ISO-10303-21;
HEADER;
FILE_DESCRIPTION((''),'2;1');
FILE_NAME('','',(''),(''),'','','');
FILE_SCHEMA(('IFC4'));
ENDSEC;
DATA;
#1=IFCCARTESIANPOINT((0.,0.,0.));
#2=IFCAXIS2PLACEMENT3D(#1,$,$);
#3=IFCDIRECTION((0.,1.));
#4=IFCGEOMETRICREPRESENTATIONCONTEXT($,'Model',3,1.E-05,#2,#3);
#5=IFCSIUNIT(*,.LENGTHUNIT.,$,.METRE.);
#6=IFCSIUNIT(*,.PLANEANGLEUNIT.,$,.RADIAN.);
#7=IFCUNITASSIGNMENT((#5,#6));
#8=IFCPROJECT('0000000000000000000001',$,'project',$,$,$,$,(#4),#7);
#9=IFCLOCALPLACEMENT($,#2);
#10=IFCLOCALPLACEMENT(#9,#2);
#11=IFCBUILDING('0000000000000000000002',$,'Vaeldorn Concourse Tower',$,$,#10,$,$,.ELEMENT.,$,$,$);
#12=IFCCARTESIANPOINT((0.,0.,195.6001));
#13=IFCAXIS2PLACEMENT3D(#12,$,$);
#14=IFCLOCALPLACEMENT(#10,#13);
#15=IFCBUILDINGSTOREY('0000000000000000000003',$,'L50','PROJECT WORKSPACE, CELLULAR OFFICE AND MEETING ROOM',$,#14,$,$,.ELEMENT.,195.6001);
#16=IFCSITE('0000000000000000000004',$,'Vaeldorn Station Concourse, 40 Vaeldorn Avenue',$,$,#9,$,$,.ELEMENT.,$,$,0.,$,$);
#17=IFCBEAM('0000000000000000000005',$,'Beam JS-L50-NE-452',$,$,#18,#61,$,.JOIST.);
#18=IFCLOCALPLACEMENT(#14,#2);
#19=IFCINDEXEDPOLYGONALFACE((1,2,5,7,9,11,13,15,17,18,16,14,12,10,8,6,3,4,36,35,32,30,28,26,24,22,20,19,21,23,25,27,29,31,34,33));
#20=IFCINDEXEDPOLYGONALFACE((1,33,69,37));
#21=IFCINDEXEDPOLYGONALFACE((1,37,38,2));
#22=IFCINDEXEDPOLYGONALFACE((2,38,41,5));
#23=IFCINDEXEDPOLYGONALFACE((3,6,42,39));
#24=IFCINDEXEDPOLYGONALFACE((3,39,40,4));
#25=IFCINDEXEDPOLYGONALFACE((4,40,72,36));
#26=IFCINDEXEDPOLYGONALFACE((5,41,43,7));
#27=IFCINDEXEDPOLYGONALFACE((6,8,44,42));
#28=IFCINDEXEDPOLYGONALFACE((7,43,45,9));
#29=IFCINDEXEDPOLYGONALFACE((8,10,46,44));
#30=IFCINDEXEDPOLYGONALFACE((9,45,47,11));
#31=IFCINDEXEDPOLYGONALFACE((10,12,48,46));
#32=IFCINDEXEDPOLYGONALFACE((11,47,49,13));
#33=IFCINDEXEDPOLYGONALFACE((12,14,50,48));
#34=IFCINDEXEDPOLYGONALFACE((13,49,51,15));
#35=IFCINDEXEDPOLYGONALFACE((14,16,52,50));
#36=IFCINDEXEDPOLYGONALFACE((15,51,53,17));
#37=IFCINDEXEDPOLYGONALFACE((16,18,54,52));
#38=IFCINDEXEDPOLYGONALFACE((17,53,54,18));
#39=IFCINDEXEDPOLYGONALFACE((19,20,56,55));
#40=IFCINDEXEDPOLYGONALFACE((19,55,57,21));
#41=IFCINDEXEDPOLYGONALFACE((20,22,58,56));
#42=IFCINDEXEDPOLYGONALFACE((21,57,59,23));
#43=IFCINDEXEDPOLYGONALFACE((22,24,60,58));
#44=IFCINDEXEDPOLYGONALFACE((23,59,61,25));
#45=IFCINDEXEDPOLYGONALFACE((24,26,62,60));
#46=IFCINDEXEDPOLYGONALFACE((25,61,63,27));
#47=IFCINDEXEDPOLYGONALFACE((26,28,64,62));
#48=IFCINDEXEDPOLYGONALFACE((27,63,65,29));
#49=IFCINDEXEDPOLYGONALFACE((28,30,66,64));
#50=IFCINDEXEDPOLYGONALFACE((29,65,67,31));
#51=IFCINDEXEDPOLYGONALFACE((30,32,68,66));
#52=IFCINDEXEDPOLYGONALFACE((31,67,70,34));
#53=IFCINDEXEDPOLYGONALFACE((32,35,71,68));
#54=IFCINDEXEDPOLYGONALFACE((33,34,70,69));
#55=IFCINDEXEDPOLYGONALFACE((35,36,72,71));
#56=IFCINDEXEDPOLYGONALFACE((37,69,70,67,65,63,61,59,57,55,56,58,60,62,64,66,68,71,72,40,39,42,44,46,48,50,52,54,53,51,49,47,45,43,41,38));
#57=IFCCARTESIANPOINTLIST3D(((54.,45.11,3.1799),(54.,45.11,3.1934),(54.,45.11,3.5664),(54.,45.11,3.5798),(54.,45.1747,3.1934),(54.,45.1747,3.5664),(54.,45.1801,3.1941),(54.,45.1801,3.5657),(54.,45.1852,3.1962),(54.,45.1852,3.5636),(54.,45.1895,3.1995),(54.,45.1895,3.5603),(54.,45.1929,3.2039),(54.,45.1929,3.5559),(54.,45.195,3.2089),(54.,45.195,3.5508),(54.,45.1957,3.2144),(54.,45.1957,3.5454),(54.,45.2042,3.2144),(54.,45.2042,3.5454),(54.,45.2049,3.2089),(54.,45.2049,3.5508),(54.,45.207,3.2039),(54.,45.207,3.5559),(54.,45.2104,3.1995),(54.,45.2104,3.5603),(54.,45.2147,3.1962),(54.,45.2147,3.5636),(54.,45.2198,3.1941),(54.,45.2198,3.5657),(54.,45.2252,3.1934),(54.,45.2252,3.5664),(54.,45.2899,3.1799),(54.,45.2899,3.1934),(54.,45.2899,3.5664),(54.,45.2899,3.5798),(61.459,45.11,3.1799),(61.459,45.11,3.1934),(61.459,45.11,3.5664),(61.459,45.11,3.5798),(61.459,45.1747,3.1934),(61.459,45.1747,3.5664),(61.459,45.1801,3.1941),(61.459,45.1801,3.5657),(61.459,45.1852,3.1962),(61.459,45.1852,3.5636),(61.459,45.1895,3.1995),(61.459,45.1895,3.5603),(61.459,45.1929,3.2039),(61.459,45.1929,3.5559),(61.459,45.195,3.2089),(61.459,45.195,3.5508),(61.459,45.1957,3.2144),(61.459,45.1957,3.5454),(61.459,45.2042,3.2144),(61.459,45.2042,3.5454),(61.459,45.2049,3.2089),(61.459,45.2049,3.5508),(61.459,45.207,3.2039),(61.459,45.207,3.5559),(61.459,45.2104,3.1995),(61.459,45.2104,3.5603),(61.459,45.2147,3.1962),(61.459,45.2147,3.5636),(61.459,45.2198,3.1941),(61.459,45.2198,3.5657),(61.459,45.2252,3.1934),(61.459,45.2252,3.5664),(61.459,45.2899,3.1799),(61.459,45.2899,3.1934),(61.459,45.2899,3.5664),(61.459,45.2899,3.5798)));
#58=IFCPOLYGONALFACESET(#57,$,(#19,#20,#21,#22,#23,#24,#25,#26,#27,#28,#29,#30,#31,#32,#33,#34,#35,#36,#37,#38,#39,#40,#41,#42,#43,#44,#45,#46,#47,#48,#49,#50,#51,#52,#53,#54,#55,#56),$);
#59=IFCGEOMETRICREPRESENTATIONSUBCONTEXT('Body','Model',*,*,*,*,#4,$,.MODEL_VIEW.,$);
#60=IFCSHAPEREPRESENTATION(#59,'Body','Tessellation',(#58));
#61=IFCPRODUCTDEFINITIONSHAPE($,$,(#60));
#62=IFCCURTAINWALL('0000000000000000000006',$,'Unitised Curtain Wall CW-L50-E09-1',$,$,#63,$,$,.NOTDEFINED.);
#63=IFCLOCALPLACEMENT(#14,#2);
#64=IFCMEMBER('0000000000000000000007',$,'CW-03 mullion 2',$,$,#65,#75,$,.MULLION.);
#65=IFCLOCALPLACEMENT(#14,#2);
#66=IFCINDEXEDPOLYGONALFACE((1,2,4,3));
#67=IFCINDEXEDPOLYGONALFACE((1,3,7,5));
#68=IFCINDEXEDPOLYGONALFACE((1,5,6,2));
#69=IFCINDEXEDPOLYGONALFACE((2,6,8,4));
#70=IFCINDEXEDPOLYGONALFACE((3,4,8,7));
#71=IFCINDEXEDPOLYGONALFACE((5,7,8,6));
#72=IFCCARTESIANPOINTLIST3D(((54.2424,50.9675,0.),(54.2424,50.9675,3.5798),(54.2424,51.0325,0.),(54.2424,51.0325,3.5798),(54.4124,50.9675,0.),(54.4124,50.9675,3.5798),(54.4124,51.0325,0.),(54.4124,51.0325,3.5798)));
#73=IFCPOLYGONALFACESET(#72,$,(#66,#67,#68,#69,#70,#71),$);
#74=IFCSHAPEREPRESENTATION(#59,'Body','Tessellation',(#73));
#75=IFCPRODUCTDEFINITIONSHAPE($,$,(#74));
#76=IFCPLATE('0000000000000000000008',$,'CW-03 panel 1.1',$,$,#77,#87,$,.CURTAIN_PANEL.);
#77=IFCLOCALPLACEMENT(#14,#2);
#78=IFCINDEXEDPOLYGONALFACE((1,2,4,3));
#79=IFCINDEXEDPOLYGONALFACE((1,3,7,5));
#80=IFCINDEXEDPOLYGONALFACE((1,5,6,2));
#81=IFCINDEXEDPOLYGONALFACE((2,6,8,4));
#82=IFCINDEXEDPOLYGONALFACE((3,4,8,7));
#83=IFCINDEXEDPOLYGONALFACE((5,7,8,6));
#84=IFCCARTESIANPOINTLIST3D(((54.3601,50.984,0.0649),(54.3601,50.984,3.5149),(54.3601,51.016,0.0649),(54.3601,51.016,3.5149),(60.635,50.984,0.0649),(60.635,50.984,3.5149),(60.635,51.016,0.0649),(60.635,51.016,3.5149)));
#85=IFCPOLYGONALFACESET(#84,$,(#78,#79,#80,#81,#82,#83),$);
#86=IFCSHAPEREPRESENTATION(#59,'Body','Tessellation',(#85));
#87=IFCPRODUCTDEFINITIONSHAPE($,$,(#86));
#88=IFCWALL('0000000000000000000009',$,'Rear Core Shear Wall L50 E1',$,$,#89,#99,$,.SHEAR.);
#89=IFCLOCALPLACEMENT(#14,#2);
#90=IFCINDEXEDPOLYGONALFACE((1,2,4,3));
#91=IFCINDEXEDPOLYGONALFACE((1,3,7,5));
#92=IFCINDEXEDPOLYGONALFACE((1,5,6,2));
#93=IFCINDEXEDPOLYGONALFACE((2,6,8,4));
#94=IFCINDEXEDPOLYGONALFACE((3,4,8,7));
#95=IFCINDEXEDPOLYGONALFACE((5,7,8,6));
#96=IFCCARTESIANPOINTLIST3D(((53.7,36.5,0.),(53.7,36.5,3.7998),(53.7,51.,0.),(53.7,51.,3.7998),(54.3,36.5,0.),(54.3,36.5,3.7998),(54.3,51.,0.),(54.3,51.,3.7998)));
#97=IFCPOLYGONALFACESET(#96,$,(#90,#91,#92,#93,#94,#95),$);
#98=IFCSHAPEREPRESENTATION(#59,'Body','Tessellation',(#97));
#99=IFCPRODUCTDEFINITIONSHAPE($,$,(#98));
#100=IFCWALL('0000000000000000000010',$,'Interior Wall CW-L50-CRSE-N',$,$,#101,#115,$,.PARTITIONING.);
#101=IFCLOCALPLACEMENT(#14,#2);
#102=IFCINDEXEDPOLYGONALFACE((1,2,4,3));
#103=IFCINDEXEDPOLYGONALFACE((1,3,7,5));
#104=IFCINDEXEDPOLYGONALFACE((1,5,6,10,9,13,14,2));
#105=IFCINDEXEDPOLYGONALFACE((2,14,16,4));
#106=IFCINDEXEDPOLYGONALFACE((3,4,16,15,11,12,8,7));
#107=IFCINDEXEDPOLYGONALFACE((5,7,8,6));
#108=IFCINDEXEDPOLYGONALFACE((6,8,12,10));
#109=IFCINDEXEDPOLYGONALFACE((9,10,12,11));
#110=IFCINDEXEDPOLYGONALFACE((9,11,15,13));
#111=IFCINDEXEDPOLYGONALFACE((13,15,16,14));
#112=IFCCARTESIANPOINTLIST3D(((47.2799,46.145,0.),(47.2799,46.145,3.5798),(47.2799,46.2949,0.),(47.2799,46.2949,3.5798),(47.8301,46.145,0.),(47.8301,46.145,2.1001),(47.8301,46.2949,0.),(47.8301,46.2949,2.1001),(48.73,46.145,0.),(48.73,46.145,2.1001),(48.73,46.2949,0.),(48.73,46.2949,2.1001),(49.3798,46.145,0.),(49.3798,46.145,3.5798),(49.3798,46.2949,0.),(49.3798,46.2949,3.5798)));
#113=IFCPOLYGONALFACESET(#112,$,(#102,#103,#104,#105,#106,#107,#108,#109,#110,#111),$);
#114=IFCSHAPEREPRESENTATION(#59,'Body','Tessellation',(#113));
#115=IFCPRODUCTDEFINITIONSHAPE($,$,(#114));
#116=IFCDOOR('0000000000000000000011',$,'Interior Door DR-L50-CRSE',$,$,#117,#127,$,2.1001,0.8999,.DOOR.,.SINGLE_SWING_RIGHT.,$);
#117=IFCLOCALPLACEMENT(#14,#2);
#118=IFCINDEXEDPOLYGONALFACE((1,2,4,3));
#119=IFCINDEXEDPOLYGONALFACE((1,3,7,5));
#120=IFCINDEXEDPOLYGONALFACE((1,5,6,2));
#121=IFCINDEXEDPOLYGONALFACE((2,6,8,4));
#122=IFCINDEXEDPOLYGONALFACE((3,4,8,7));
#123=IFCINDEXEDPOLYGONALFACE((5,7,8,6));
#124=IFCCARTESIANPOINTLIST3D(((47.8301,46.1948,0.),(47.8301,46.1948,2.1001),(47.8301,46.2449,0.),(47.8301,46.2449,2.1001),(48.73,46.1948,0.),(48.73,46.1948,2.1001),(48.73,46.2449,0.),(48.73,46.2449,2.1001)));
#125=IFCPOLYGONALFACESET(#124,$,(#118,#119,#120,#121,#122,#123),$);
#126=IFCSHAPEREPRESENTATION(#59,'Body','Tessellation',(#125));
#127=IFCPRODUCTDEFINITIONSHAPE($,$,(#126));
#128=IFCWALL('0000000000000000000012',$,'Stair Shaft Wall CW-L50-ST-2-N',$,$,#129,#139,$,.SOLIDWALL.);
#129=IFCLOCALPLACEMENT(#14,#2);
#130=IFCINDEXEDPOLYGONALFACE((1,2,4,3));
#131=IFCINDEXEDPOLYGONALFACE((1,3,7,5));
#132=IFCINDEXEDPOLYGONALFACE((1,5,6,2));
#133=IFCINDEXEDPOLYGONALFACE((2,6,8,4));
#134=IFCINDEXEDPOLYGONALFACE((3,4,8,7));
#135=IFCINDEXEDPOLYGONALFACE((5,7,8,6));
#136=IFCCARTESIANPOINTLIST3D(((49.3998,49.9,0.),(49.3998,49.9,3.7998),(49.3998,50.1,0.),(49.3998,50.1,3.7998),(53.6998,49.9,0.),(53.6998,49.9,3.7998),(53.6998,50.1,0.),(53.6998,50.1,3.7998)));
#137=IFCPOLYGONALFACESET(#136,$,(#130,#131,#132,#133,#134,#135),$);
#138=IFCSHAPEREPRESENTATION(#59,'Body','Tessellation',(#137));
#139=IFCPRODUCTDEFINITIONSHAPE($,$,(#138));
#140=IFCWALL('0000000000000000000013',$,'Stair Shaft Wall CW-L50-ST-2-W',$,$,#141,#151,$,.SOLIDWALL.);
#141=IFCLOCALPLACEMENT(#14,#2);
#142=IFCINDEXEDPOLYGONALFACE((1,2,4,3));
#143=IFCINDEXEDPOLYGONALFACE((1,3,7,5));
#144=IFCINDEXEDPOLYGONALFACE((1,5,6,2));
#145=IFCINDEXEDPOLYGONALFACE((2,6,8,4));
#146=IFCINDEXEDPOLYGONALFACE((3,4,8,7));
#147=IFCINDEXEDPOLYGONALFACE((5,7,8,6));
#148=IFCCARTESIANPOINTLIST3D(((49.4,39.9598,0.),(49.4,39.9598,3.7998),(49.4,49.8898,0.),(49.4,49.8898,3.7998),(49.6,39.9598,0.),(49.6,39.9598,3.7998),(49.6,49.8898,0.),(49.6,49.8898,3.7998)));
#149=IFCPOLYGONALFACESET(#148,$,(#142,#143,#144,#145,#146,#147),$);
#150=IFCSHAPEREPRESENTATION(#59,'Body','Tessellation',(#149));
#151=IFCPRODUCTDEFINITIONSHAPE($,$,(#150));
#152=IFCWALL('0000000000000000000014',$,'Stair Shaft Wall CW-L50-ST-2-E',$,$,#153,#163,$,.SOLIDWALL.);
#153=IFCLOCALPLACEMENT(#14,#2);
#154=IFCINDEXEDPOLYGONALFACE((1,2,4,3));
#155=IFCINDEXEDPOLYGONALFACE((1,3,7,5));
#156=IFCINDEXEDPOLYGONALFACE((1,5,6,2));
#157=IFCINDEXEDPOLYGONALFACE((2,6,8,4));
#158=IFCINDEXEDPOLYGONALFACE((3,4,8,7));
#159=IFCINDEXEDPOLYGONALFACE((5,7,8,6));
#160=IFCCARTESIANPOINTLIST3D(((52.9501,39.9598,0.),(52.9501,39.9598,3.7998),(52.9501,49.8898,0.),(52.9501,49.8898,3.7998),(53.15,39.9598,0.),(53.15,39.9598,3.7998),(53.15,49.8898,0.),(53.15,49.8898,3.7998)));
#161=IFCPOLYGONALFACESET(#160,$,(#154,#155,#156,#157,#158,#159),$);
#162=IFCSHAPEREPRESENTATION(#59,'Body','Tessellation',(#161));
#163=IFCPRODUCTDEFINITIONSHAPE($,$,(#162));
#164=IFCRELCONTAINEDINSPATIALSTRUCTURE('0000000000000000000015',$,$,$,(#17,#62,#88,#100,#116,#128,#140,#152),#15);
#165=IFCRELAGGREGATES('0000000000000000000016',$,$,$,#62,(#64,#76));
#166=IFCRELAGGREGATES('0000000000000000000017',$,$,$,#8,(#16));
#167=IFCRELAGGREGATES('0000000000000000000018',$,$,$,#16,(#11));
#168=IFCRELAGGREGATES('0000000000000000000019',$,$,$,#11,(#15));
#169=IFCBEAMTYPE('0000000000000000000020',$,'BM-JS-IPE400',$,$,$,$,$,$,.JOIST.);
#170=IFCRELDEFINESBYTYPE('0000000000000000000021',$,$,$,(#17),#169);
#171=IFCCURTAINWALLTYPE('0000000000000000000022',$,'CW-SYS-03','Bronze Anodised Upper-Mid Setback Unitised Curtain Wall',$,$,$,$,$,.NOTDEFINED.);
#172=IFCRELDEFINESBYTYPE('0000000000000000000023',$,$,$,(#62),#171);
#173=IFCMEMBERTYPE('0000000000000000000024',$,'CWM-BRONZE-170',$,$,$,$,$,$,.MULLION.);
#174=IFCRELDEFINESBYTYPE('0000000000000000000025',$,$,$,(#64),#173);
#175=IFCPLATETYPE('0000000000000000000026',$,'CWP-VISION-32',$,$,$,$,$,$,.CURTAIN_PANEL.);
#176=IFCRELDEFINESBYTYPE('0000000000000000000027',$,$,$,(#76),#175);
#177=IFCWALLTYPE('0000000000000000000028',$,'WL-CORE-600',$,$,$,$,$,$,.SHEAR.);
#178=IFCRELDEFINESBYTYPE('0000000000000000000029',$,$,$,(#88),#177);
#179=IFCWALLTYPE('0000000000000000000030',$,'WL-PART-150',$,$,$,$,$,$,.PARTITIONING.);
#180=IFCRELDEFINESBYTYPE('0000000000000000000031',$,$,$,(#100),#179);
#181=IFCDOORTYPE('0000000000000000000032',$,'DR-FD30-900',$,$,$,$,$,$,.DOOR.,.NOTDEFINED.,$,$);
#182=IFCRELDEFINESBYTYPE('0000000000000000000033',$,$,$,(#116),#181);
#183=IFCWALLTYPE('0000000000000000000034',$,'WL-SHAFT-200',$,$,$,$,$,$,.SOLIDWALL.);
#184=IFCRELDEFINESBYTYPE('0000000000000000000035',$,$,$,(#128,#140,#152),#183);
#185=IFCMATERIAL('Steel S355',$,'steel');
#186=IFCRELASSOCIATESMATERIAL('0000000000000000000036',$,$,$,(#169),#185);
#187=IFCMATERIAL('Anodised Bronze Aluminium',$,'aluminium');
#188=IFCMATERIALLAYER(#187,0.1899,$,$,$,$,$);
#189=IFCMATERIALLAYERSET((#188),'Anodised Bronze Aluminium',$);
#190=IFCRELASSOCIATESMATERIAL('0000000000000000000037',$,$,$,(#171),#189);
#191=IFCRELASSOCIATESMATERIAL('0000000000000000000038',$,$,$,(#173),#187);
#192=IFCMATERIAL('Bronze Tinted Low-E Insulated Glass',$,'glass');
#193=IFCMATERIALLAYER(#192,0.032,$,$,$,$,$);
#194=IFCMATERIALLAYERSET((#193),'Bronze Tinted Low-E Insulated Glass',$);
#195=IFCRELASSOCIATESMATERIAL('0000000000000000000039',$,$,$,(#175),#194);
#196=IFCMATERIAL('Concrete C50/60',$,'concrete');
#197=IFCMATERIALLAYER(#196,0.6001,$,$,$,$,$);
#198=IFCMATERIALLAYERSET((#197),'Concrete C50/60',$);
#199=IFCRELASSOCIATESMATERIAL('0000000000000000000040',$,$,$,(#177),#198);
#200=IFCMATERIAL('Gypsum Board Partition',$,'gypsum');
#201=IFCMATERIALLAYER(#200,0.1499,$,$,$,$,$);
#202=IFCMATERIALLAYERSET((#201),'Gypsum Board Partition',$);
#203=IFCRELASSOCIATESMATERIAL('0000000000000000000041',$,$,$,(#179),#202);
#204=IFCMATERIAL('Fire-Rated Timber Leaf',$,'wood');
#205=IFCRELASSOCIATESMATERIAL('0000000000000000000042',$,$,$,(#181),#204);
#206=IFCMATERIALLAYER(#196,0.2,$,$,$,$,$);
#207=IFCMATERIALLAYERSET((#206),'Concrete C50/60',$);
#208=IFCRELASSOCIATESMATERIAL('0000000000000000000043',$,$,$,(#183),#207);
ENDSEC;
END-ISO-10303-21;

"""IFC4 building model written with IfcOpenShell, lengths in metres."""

from ifc_helpers import new_model, si_unit, direction, frame, frame_2d, origin, origin_2d, place, context, subcontext, project, spatial, rectangle, i_section, extrude, source, transform, mapped, material, layer, layer_set, material_profile, profile_set, type_object, element, fill, aggregate, save


model = new_model("IFC4")

# Units and contexts
model_context = context("Model", 3, precision=1e-05, world=origin(), true_north=direction((0.0, 1.0)))
body_context = subcontext(model_context, "Body", "Model", "MODEL_VIEW")
ifc_project = project(units=[si_unit("LENGTHUNIT", "METRE"), si_unit("PLANEANGLEUNIT", "RADIAN")], contexts=[model_context])

# Site, building, storey
site_placement = place(None, origin())
site = spatial("IfcSite", under=ifc_project, at=site_placement, Name="Vaeldorn Station Concourse, 40 Vaeldorn Avenue", CompositionType="ELEMENT", RefElevation=0.0)
building_placement = place(site_placement, origin())
building = spatial("IfcBuilding", under=site, at=building_placement, Name="Vaeldorn Concourse Tower", CompositionType="ELEMENT")
storey_placement = place(building_placement, frame((0.0, 0.0, 195.6001)))
storey = spatial("IfcBuildingStorey", under=building, at=storey_placement, Name="L50", Description="PROJECT WORKSPACE, CELLULAR OFFICE AND MEETING ROOM", CompositionType="ELEMENT", Elevation=195.6001)

# Beam
ifc_material_1 = material(Name="Steel S355", Category="steel")
ifc_material_profile_1 = material_profile(ifc_material_1, i_section(OverallWidth=0.1799, OverallDepth=0.3999, WebThickness=0.0085, FlangeThickness=0.0134, FilletRadius=0.021, at=origin_2d()), Name="IPE 400")
ifc_profile_set_1 = profile_set([ifc_material_profile_1], Name="Steel S355")
beam_type_1 = type_object("IfcBeamType", Name="BM-JS-IPE400", PredefinedType="JOIST", material=ifc_profile_set_1)
shared_shape_1 = source(origin(), body_context, "Body", "SweptSolid", [
    extrude(i_section(OverallWidth=0.1799, OverallDepth=0.3999, WebThickness=0.0085, FlangeThickness=0.0134, FilletRadius=0.021, at=origin_2d()), origin(), (0.0, 0.0, 1.0), 7.459),
])
beam_1_placement = place(storey_placement, frame((54.0, 45.2, 3.3799), z_axis=(1.0, 0.0, 0.0), x_axis=(0.0, 1.0, 0.0)))
element("IfcBeam", 1, at=beam_1_placement, inside=storey, type_object=beam_type_1, Name="Beam JS-L50-NE-452", PredefinedType="JOIST", context=body_context, shape_type="MappedRepresentation", body=[
    mapped(shared_shape_1, transform((0.0, 0.0, 0.0), scale=1.0)),
])

# Curtain wall, member, plate
ifc_material_2 = material(Name="Anodised Bronze Aluminium", Category="aluminium")
ifc_layer_1 = layer(ifc_material_2, 0.1899)
ifc_layer_set_1 = layer_set([ifc_layer_1], Name="Anodised Bronze Aluminium")
curtain_wall_type = type_object("IfcCurtainWallType", Name="CW-SYS-03", Description="Bronze Anodised Upper-Mid Setback Unitised Curtain Wall", PredefinedType="NOTDEFINED", material=ifc_layer_set_1)
curtain_wall_placement = place(storey_placement, origin())
curtain_wall = element("IfcCurtainWall", 2, at=curtain_wall_placement, inside=storey, type_object=curtain_wall_type, Name="Unitised Curtain Wall CW-L50-E09-1", PredefinedType="NOTDEFINED")
ifc_material_profile_2 = material_profile(ifc_material_2, rectangle(XDim=0.0649, YDim=0.1699, at=origin_2d()), Name="CWM 65x170")
ifc_profile_set_2 = profile_set([ifc_material_profile_2], Name="Anodised Bronze Aluminium")
member_type = type_object("IfcMemberType", Name="CWM-BRONZE-170", PredefinedType="MULLION", material=ifc_profile_set_2)
shared_shape_2 = source(origin(), body_context, "Body", "SweptSolid", [
    extrude(rectangle(XDim=0.0649, YDim=0.1699, at=origin_2d()), origin(), (0.0, 0.0, 1.0), 3.5798),
])
member_placement = place(storey_placement, frame((54.3274, 51.0, 0.0), z_axis=(0.0, 0.0, 1.0), x_axis=(0.0, -1.0, 0.0)))
member = element("IfcMember", 3, at=member_placement, type_object=member_type, Name="CW-03 mullion 2", PredefinedType="MULLION", context=body_context, shape_type="MappedRepresentation", body=[
    mapped(shared_shape_2, transform((0.0, 0.0, 0.0), scale=1.0)),
])
ifc_material_3 = material(Name="Bronze Tinted Low-E Insulated Glass", Category="glass")
ifc_layer_2 = layer(ifc_material_3, 0.032)
ifc_layer_set_2 = layer_set([ifc_layer_2], Name="Bronze Tinted Low-E Insulated Glass")
plate_type = type_object("IfcPlateType", Name="CWP-VISION-32", PredefinedType="CURTAIN_PANEL", material=ifc_layer_set_2)
shared_shape_3 = source(origin(), body_context, "Body", "SweptSolid", [
    extrude(rectangle(XDim=6.2749, YDim=0.032, at=origin_2d()), origin(), (0.0, 0.0, 1.0), 3.45),
])
plate_placement = place(storey_placement, frame((57.4976, 51.0, 0.0649), z_axis=(0.0, 0.0, 1.0), x_axis=(-1.0, 0.0, 0.0)))
plate = element("IfcPlate", 4, at=plate_placement, type_object=plate_type, Name="CW-03 panel 1.1", PredefinedType="CURTAIN_PANEL", context=body_context, shape_type="MappedRepresentation", body=[
    mapped(shared_shape_3, transform((0.0, 0.0, 0.0), scale=1.0)),
])
aggregate(curtain_wall, [member, plate])

# Wall
ifc_material_4 = material(Name="Concrete C50/60", Category="concrete")
ifc_layer_3 = layer(ifc_material_4, 0.6001)
ifc_layer_set_3 = layer_set([ifc_layer_3], Name="Concrete C50/60")
wall_type_1 = type_object("IfcWallType", Name="WL-CORE-600", PredefinedType="SHEAR", material=ifc_layer_set_3)
wall_1_placement = place(storey_placement, frame((54.0, 36.5, 0.0), z_axis=(0.0, 0.0, 1.0), x_axis=(0.0, 1.0, 0.0)))
element("IfcWall", 5, at=wall_1_placement, inside=storey, type_object=wall_type_1, Name="Rear Core Shear Wall L50 E1", PredefinedType="SHEAR", context=body_context, shape_type="SweptSolid", body=[
    extrude(rectangle(XDim=14.5, YDim=0.6001, at=frame_2d((7.25, 0.0))), origin(), (0.0, 0.0, 1.0), 3.7998),
])

# Wall, opening, door
ifc_material_5 = material(Name="Gypsum Board Partition", Category="gypsum")
ifc_layer_4 = layer(ifc_material_5, 0.1499)
ifc_layer_set_4 = layer_set([ifc_layer_4], Name="Gypsum Board Partition")
wall_type_2 = type_object("IfcWallType", Name="WL-PART-150", PredefinedType="PARTITIONING", material=ifc_layer_set_4)
wall_2_placement = place(storey_placement, frame((47.28, 46.22, 0.0), z_axis=(0.0, 0.0, 1.0), x_axis=(1.0, 0.0, 0.0)))
wall_2 = element("IfcWall", 6, at=wall_2_placement, inside=storey, type_object=wall_type_2, Name="Interior Wall CW-L50-CRSE-N", PredefinedType="PARTITIONING", context=body_context, shape_type="SweptSolid", body=[
    extrude(rectangle(XDim=2.0999, YDim=0.1499, at=frame_2d((1.0498, 0.0))), origin(), (0.0, 0.0, 1.0), 3.5798),
])
opening_1_placement = place(wall_2_placement, frame((0.55, 0.0, 0.0)))
opening_1 = element("IfcOpeningElement", 7, at=opening_1_placement, cuts=wall_2, PredefinedType="OPENING", context=body_context, shape_type="SweptSolid", body=[
    extrude(rectangle(XDim=0.8999, YDim=2.1001, at=frame_2d((0.45, 1.05))), frame((0.0, 0.085, 0.0), z_axis=(0.0, -1.0, 0.0), x_axis=(1.0, 0.0, 0.0)), (0.0, 0.0, 1.0), 0.1699),
])
ifc_material_6 = material(Name="Fire-Rated Timber Leaf", Category="wood")
door_type_1 = type_object("IfcDoorType", Name="DR-FD30-900", OperationType="NOTDEFINED", PredefinedType="DOOR", material=ifc_material_6)
shared_shape_4 = source(origin(), body_context, "Body", "SweptSolid", [
    extrude(rectangle(XDim=0.8999, YDim=2.1001, at=frame_2d((0.45, 1.05))), frame((0.0, 0.0249, 0.0), z_axis=(0.0, -1.0, 0.0), x_axis=(1.0, 0.0, 0.0)), (0.0, 0.0, 1.0), 0.05),
])
door_1_placement = place(opening_1_placement, origin())
door_1 = element("IfcDoor", 8, at=door_1_placement, inside=storey, type_object=door_type_1, Name="Interior Door DR-L50-CRSE", OperationType="SINGLE_SWING_RIGHT", OverallHeight=2.1001, OverallWidth=0.8999, PredefinedType="DOOR", context=body_context, shape_type="MappedRepresentation", body=[
    mapped(shared_shape_4, transform((0.0, 0.0, 0.0), scale=1.0)),
])
fill(opening_1, door_1)
ifc_layer_5 = layer(ifc_material_4, 0.2)
ifc_layer_set_5 = layer_set([ifc_layer_5], Name="Concrete C50/60")
wall_type_3 = type_object("IfcWallType", Name="WL-SHAFT-200", PredefinedType="SOLIDWALL", material=ifc_layer_set_5)

# Walls
wall_3_placement = place(storey_placement, frame((49.3999, 50.0, 0.0), z_axis=(0.0, 0.0, 1.0), x_axis=(1.0, 0.0, 0.0)))
element("IfcWall", 9, at=wall_3_placement, inside=storey, type_object=wall_type_3, Name="Stair Shaft Wall CW-L50-ST-2-N", PredefinedType="SOLIDWALL", context=body_context, shape_type="SweptSolid", body=[
    extrude(rectangle(XDim=4.3, YDim=0.2, at=frame_2d((2.1499, 0.0))), origin(), (0.0, 0.0, 1.0), 3.7998),
])
for number, where, z_axis, x_axis, name in (
    (10, (49.5, 39.96, 0.0), (0.0, 0.0, 1.0), (0.0, 1.0, 0.0), "Stair Shaft Wall CW-L50-ST-2-W"),
    (11, (53.05, 39.96, 0.0), (0.0, 0.0, 1.0), (0.0, 1.0, 0.0), "Stair Shaft Wall CW-L50-ST-2-E"),
):
    element("IfcWall", number, at=place(storey_placement, frame(where, z_axis=z_axis, x_axis=x_axis)), inside=storey, type_object=wall_type_3, Name=name, PredefinedType="SOLIDWALL", context=body_context, shape_type="SweptSolid", body=[
        extrude(rectangle(XDim=9.9299, YDim=0.2, at=frame_2d((4.9648, 0.0))), origin(), (0.0, 0.0, 1.0), 3.7998),
    ])

save(model, "model.ifc")
